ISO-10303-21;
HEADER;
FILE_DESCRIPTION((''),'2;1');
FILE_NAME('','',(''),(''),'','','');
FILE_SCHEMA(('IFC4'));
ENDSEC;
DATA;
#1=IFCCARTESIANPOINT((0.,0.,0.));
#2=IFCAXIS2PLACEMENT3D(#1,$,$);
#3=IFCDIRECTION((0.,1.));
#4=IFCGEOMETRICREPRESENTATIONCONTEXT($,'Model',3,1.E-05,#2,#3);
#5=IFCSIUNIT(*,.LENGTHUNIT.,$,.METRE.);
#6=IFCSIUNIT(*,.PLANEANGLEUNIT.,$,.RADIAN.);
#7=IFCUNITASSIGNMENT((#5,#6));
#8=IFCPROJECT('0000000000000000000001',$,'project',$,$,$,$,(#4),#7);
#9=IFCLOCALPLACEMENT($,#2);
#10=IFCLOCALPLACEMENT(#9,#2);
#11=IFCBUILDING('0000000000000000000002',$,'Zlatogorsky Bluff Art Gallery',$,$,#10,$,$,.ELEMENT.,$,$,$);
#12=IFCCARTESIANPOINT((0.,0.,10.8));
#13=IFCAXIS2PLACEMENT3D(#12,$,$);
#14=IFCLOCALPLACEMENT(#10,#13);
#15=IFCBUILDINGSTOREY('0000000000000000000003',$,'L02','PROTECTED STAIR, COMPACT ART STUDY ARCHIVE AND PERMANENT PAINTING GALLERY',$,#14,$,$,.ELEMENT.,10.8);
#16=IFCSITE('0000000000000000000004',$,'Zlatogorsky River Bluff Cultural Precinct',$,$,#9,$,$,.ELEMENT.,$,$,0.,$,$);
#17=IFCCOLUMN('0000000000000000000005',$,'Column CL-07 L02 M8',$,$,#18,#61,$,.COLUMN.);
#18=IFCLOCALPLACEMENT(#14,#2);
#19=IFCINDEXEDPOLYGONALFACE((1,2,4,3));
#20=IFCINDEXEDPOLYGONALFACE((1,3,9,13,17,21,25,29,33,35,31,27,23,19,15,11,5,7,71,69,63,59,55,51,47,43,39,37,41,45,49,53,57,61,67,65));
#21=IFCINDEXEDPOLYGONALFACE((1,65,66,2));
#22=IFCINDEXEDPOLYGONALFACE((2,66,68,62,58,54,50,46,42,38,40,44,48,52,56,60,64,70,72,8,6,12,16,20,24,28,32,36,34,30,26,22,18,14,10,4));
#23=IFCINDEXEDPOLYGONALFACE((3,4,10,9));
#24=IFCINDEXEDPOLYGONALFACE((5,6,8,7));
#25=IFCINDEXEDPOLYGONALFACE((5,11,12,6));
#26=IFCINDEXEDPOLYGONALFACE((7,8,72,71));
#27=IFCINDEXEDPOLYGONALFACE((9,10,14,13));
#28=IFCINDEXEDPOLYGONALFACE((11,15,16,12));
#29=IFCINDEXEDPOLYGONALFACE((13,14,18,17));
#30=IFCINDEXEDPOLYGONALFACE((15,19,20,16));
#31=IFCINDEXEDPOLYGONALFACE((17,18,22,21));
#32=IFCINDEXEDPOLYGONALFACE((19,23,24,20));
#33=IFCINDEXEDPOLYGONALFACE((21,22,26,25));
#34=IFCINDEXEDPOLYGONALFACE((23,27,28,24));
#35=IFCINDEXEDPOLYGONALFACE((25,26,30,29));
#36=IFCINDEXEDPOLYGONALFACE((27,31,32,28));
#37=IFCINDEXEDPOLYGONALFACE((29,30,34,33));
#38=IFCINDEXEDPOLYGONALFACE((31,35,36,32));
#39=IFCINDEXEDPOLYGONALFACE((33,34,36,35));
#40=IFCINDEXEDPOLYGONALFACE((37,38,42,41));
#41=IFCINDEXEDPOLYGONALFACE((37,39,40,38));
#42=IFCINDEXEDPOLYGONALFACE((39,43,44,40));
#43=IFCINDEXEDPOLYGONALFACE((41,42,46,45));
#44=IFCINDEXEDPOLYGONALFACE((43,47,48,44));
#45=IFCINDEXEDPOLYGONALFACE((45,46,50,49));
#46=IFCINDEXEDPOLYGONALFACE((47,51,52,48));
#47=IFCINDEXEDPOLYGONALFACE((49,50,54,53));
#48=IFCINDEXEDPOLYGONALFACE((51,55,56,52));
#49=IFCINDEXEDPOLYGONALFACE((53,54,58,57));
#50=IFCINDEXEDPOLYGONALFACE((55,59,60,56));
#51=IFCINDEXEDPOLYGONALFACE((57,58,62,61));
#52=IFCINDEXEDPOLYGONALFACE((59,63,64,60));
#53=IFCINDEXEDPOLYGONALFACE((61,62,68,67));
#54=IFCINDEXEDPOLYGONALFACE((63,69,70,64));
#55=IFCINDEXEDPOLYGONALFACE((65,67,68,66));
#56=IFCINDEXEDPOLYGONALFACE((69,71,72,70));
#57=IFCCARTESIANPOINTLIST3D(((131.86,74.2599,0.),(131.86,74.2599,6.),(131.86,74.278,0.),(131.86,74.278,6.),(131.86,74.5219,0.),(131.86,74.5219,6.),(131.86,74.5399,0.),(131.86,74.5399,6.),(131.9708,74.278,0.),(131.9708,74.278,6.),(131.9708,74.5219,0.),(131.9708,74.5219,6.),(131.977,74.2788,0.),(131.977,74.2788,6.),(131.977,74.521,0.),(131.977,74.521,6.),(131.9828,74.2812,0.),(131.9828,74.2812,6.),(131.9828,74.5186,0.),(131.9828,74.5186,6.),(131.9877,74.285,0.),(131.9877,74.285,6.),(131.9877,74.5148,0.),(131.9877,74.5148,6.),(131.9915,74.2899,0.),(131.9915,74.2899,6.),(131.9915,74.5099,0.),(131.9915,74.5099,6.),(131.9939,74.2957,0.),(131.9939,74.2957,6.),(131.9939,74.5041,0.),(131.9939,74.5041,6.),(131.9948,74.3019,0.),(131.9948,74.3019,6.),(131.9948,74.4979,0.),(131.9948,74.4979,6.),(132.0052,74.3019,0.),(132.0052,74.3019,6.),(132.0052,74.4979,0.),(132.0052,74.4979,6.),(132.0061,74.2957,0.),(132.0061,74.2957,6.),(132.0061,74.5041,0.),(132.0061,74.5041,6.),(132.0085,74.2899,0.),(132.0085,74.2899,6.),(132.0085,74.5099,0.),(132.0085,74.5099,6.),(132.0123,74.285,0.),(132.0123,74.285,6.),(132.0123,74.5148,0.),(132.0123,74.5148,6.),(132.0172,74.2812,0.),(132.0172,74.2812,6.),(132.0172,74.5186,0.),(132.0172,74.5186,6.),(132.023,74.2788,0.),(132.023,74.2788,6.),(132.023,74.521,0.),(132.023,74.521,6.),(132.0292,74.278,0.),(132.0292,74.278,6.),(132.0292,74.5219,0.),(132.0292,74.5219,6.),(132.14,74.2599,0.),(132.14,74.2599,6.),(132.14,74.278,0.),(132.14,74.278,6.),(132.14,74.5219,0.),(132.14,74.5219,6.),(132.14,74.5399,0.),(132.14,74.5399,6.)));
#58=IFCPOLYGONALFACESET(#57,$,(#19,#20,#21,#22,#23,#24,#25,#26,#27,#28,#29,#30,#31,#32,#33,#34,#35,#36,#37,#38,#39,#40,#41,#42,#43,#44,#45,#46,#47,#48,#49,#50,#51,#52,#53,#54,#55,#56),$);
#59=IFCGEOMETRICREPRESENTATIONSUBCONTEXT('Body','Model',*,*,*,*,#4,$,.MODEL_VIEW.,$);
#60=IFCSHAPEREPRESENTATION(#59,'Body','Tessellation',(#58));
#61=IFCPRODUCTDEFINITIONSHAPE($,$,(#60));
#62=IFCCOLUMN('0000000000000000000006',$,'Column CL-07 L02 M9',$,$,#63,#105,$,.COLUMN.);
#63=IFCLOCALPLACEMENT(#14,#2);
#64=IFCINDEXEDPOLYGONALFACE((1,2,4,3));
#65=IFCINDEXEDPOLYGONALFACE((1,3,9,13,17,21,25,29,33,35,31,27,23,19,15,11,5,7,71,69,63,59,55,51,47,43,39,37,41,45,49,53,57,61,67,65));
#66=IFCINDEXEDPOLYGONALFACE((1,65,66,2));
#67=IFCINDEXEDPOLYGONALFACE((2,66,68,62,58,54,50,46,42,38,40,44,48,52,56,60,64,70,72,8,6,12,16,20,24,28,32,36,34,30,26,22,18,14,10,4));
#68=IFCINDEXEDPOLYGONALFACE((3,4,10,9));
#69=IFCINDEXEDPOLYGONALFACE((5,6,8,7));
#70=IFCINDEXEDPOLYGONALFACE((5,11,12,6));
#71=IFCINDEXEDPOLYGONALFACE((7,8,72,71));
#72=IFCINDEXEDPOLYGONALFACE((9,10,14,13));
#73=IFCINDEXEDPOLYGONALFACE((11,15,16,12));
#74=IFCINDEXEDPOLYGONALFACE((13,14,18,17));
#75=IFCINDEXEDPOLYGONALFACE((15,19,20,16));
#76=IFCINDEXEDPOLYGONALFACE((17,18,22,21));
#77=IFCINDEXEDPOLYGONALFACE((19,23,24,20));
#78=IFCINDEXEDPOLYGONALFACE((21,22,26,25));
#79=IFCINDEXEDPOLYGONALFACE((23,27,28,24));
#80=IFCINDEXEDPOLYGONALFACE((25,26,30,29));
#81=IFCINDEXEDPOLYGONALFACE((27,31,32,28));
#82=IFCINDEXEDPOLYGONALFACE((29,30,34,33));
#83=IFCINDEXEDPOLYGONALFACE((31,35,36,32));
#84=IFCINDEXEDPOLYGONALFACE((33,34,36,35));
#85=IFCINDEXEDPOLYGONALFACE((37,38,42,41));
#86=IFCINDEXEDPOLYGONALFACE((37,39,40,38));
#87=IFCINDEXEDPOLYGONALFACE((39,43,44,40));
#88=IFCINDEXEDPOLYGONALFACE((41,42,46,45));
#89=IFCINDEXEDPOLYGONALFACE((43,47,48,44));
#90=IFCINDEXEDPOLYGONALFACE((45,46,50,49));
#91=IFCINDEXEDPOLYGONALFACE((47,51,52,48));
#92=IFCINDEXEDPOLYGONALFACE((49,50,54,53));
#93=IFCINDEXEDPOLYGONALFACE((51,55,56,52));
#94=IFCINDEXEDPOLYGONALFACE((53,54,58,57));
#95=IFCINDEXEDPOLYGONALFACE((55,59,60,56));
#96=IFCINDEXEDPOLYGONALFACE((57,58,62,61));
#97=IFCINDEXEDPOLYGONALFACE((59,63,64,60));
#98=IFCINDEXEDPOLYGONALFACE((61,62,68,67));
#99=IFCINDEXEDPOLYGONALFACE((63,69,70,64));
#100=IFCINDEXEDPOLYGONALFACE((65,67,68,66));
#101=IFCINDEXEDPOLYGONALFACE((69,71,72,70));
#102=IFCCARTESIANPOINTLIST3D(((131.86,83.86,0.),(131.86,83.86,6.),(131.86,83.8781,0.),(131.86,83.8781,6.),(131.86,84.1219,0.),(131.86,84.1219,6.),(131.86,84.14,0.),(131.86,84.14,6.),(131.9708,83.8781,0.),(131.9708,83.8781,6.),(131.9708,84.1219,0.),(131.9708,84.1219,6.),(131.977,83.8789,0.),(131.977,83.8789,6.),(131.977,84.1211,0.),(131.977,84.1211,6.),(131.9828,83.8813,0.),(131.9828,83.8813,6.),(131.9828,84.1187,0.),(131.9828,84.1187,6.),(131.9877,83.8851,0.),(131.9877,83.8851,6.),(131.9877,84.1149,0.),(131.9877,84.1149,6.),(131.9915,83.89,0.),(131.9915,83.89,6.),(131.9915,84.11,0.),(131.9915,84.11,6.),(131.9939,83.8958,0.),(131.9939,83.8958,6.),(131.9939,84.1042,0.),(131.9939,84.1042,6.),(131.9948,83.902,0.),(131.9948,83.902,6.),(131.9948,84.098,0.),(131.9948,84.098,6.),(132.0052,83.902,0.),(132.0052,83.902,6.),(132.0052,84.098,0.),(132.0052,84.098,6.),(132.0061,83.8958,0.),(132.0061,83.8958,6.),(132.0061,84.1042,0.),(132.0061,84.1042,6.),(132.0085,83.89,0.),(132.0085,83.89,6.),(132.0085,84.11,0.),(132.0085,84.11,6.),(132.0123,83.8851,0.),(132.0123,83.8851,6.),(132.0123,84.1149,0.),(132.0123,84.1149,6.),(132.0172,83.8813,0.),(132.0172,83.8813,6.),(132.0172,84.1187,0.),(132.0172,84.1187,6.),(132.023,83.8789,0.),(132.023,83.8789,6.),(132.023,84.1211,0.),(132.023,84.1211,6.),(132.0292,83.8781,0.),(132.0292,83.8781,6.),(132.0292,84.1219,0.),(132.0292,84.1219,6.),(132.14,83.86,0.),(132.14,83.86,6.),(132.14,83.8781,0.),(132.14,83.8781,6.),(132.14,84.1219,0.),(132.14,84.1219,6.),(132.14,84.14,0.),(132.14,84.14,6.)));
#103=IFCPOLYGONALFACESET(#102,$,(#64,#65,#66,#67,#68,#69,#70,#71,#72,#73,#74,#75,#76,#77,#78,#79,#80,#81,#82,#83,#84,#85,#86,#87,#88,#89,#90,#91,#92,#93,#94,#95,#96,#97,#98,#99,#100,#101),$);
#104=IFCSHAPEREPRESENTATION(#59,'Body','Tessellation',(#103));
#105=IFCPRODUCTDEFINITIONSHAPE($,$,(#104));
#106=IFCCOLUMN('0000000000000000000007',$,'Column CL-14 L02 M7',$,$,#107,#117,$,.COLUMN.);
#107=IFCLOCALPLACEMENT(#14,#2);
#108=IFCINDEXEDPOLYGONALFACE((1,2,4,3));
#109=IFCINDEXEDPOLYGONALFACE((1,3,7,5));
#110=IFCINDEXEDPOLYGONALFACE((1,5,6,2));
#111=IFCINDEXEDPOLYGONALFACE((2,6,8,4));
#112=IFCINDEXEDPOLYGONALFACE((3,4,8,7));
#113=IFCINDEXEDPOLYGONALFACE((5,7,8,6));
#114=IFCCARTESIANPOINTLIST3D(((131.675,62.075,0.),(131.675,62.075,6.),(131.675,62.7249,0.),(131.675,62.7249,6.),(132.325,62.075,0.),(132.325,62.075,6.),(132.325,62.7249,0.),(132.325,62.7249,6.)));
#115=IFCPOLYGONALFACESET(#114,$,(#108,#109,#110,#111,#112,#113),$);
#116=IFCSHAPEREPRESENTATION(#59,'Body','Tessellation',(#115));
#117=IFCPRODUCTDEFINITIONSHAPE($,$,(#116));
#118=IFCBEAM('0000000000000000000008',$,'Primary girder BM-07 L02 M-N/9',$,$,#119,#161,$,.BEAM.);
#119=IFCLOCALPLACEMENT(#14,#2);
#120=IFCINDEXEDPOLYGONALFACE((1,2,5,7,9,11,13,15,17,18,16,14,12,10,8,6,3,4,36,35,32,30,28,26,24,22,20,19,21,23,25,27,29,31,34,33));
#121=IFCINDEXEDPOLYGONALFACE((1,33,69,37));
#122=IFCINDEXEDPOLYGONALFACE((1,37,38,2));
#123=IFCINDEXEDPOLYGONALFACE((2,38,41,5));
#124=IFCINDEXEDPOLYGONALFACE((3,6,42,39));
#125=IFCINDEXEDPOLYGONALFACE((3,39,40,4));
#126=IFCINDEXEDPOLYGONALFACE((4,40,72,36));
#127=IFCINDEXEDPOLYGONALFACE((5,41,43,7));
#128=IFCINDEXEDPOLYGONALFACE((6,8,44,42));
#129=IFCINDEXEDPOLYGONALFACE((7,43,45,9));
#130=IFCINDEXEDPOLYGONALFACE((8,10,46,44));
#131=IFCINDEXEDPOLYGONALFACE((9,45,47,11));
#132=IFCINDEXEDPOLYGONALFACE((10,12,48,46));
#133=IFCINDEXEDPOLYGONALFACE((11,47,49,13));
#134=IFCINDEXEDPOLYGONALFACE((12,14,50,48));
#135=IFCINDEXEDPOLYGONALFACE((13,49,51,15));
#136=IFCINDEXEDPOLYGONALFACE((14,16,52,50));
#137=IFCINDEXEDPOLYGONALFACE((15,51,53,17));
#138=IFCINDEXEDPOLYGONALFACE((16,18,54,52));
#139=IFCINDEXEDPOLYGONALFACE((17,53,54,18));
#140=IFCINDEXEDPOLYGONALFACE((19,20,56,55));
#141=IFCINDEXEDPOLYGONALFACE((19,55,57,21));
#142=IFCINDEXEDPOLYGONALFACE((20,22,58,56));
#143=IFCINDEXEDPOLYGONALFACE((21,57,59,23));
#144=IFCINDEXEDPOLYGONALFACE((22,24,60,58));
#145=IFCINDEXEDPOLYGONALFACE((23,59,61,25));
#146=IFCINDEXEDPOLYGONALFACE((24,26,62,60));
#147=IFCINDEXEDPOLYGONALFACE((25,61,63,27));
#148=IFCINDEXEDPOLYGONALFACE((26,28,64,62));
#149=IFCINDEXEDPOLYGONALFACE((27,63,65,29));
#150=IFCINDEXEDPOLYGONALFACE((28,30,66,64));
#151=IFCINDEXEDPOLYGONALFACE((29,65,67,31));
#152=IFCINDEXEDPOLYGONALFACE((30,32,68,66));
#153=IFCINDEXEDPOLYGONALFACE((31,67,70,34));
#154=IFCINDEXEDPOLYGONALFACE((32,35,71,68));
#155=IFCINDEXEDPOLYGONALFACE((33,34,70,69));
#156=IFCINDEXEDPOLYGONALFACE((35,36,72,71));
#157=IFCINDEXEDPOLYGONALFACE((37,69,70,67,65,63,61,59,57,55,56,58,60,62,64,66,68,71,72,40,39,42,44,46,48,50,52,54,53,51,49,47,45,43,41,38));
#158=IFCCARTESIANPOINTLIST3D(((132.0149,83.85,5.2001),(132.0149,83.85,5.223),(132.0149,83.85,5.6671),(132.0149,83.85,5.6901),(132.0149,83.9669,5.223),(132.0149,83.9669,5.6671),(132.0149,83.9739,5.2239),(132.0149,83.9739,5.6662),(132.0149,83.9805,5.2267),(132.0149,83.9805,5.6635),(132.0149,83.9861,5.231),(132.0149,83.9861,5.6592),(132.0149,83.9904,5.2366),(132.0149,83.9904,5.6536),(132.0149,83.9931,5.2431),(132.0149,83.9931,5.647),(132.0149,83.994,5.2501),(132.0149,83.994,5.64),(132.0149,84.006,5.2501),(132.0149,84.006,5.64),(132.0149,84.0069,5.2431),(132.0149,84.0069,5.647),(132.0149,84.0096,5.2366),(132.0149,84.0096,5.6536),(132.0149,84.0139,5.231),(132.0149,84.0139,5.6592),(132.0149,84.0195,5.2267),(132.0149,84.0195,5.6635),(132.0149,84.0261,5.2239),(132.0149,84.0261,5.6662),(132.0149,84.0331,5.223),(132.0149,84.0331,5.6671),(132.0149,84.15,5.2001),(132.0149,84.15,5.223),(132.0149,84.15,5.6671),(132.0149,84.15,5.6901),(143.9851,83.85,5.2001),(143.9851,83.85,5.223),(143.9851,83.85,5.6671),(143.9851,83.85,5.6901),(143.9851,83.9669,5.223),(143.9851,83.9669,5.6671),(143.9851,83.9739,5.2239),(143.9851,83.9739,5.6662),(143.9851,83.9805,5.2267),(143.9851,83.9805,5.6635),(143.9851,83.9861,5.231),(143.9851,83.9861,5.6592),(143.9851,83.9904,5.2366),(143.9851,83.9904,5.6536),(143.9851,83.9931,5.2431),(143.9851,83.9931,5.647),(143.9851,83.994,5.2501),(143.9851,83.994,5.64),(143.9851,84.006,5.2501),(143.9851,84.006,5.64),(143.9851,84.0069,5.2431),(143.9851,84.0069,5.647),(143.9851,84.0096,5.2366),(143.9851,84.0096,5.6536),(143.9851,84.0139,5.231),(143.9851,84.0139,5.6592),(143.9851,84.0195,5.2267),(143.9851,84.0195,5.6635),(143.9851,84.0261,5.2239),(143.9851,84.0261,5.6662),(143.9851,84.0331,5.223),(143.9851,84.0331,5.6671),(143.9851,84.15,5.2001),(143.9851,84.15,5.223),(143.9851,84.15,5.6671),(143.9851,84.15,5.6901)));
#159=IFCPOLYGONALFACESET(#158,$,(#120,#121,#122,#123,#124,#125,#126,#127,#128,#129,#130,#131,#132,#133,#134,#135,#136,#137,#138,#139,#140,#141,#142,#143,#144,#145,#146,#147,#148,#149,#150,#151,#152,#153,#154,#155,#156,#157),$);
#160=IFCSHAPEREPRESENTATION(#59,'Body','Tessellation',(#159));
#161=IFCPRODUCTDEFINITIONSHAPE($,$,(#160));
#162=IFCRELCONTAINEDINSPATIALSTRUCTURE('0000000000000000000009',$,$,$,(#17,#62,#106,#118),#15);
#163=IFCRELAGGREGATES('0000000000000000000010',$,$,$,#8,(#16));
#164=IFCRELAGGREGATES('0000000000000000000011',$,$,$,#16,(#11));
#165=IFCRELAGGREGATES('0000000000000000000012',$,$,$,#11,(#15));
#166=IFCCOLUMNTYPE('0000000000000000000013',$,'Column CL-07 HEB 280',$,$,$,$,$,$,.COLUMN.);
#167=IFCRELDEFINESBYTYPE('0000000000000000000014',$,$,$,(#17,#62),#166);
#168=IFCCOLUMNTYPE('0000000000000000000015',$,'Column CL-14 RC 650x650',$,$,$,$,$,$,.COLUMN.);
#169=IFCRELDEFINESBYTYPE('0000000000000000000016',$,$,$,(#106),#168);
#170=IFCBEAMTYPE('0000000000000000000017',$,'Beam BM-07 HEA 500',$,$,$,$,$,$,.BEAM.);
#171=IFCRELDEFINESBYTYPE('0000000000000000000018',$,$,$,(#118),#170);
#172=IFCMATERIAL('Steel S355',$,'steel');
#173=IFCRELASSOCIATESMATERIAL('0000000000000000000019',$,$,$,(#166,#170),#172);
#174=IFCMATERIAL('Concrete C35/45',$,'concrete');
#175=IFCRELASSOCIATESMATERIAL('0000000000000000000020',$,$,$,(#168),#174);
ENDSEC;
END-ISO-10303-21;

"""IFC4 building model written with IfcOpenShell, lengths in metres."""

from ifc_helpers import new_model, si_unit, direction, frame, origin, origin_2d, place, context, subcontext, project, spatial, rectangle, i_section, extrude, material, material_profile, profile_set, type_object, element, save


model = new_model("IFC4")

# Units and contexts
model_context = context("Model", 3, precision=1e-05, world=origin(), true_north=direction((0.0, 1.0)))
body_context = subcontext(model_context, "Body", "Model", "MODEL_VIEW")
ifc_project = project(units=[si_unit("LENGTHUNIT", "METRE"), si_unit("PLANEANGLEUNIT", "RADIAN")], contexts=[model_context])

# Site, building, storey
site_placement = place(None, origin())
site = spatial("IfcSite", under=ifc_project, at=site_placement, Name="Zlatogorsky River Bluff Cultural Precinct", CompositionType="ELEMENT", RefElevation=0.0)
building_placement = place(site_placement, origin())
building = spatial("IfcBuilding", under=site, at=building_placement, Name="Zlatogorsky Bluff Art Gallery", CompositionType="ELEMENT")
storey_placement = place(building_placement, frame((0.0, 0.0, 10.8)))
storey = spatial("IfcBuildingStorey", under=building, at=storey_placement, Name="L02", Description="PROTECTED STAIR, COMPACT ART STUDY ARCHIVE AND PERMANENT PAINTING GALLERY", CompositionType="ELEMENT", Elevation=10.8)

# Columns
ifc_material_1 = material(Name="Steel S355", Category="steel")
ifc_material_profile_1 = material_profile(ifc_material_1, i_section(OverallWidth=0.28, OverallDepth=0.28, WebThickness=0.0105, FlangeThickness=0.0181, FilletRadius=0.0239, at=origin_2d()), Name="HEB 280")
ifc_profile_set_1 = profile_set([ifc_material_profile_1], Name="Steel S355")
column_type_1 = type_object("IfcColumnType", Name="Column CL-07 HEB 280", PredefinedType="COLUMN", material=ifc_profile_set_1)
for number, where, z_axis, x_axis, name in (
    (1, (132.0, 74.3999, 0.0), (0.0, 0.0, 1.0), (1.0, 0.0, 0.0), "Column CL-07 L02 M8"),
    (2, (132.0, 84.0, 0.0), (0.0, 0.0, 1.0), (1.0, 0.0, 0.0), "Column CL-07 L02 M9"),
):
    element("IfcColumn", number, at=place(storey_placement, frame(where, z_axis=z_axis, x_axis=x_axis)), inside=storey, type_object=column_type_1, Name=name, PredefinedType="COLUMN", context=body_context, shape_type="SweptSolid", body=[
        extrude(i_section(OverallWidth=0.28, OverallDepth=0.28, WebThickness=0.0105, FlangeThickness=0.0181, FilletRadius=0.0239, at=origin_2d()), origin(), (0.0, 0.0, 1.0), 6.0),
    ])
ifc_material_2 = material(Name="Concrete C35/45", Category="concrete")
ifc_material_profile_2 = material_profile(ifc_material_2, rectangle(XDim=0.6499, YDim=0.6499, at=origin_2d()), Name="RC 650x650")
ifc_profile_set_2 = profile_set([ifc_material_profile_2], Name="Concrete C35/45")
column_type_2 = type_object("IfcColumnType", Name="Column CL-14 RC 650x650", PredefinedType="COLUMN", material=ifc_profile_set_2)
column_placement = place(storey_placement, frame((132.0, 62.3999, 0.0), z_axis=(0.0, 0.0, 1.0), x_axis=(1.0, 0.0, 0.0)))
element("IfcColumn", 3, at=column_placement, inside=storey, type_object=column_type_2, Name="Column CL-14 L02 M7", PredefinedType="COLUMN", context=body_context, shape_type="SweptSolid", body=[
    extrude(rectangle(XDim=0.6499, YDim=0.6499, at=origin_2d()), origin(), (0.0, 0.0, 1.0), 6.0),
])

# Beam
ifc_material_profile_3 = material_profile(ifc_material_1, i_section(OverallWidth=0.3, OverallDepth=0.49, WebThickness=0.012, FlangeThickness=0.0229, FilletRadius=0.0271, at=origin_2d()), Name="HEA 500")
ifc_profile_set_3 = profile_set([ifc_material_profile_3], Name="Steel S355")
beam_type_1 = type_object("IfcBeamType", Name="Beam BM-07 HEA 500", PredefinedType="BEAM", material=ifc_profile_set_3)
beam_1_placement = place(storey_placement, frame((132.0149, 84.0, 5.4451), z_axis=(1.0, 0.0, 0.0), x_axis=(0.0, 1.0, 0.0)))
element("IfcBeam", 4, at=beam_1_placement, inside=storey, type_object=beam_type_1, Name="Primary girder BM-07 L02 M-N/9", PredefinedType="BEAM", context=body_context, shape_type="SweptSolid", body=[
    extrude(i_section(OverallWidth=0.3, OverallDepth=0.49, WebThickness=0.012, FlangeThickness=0.0229, FilletRadius=0.0271, at=origin_2d()), origin(), (0.0, 0.0, 1.0), 11.9702),
])

save(model, "model.ifc")
